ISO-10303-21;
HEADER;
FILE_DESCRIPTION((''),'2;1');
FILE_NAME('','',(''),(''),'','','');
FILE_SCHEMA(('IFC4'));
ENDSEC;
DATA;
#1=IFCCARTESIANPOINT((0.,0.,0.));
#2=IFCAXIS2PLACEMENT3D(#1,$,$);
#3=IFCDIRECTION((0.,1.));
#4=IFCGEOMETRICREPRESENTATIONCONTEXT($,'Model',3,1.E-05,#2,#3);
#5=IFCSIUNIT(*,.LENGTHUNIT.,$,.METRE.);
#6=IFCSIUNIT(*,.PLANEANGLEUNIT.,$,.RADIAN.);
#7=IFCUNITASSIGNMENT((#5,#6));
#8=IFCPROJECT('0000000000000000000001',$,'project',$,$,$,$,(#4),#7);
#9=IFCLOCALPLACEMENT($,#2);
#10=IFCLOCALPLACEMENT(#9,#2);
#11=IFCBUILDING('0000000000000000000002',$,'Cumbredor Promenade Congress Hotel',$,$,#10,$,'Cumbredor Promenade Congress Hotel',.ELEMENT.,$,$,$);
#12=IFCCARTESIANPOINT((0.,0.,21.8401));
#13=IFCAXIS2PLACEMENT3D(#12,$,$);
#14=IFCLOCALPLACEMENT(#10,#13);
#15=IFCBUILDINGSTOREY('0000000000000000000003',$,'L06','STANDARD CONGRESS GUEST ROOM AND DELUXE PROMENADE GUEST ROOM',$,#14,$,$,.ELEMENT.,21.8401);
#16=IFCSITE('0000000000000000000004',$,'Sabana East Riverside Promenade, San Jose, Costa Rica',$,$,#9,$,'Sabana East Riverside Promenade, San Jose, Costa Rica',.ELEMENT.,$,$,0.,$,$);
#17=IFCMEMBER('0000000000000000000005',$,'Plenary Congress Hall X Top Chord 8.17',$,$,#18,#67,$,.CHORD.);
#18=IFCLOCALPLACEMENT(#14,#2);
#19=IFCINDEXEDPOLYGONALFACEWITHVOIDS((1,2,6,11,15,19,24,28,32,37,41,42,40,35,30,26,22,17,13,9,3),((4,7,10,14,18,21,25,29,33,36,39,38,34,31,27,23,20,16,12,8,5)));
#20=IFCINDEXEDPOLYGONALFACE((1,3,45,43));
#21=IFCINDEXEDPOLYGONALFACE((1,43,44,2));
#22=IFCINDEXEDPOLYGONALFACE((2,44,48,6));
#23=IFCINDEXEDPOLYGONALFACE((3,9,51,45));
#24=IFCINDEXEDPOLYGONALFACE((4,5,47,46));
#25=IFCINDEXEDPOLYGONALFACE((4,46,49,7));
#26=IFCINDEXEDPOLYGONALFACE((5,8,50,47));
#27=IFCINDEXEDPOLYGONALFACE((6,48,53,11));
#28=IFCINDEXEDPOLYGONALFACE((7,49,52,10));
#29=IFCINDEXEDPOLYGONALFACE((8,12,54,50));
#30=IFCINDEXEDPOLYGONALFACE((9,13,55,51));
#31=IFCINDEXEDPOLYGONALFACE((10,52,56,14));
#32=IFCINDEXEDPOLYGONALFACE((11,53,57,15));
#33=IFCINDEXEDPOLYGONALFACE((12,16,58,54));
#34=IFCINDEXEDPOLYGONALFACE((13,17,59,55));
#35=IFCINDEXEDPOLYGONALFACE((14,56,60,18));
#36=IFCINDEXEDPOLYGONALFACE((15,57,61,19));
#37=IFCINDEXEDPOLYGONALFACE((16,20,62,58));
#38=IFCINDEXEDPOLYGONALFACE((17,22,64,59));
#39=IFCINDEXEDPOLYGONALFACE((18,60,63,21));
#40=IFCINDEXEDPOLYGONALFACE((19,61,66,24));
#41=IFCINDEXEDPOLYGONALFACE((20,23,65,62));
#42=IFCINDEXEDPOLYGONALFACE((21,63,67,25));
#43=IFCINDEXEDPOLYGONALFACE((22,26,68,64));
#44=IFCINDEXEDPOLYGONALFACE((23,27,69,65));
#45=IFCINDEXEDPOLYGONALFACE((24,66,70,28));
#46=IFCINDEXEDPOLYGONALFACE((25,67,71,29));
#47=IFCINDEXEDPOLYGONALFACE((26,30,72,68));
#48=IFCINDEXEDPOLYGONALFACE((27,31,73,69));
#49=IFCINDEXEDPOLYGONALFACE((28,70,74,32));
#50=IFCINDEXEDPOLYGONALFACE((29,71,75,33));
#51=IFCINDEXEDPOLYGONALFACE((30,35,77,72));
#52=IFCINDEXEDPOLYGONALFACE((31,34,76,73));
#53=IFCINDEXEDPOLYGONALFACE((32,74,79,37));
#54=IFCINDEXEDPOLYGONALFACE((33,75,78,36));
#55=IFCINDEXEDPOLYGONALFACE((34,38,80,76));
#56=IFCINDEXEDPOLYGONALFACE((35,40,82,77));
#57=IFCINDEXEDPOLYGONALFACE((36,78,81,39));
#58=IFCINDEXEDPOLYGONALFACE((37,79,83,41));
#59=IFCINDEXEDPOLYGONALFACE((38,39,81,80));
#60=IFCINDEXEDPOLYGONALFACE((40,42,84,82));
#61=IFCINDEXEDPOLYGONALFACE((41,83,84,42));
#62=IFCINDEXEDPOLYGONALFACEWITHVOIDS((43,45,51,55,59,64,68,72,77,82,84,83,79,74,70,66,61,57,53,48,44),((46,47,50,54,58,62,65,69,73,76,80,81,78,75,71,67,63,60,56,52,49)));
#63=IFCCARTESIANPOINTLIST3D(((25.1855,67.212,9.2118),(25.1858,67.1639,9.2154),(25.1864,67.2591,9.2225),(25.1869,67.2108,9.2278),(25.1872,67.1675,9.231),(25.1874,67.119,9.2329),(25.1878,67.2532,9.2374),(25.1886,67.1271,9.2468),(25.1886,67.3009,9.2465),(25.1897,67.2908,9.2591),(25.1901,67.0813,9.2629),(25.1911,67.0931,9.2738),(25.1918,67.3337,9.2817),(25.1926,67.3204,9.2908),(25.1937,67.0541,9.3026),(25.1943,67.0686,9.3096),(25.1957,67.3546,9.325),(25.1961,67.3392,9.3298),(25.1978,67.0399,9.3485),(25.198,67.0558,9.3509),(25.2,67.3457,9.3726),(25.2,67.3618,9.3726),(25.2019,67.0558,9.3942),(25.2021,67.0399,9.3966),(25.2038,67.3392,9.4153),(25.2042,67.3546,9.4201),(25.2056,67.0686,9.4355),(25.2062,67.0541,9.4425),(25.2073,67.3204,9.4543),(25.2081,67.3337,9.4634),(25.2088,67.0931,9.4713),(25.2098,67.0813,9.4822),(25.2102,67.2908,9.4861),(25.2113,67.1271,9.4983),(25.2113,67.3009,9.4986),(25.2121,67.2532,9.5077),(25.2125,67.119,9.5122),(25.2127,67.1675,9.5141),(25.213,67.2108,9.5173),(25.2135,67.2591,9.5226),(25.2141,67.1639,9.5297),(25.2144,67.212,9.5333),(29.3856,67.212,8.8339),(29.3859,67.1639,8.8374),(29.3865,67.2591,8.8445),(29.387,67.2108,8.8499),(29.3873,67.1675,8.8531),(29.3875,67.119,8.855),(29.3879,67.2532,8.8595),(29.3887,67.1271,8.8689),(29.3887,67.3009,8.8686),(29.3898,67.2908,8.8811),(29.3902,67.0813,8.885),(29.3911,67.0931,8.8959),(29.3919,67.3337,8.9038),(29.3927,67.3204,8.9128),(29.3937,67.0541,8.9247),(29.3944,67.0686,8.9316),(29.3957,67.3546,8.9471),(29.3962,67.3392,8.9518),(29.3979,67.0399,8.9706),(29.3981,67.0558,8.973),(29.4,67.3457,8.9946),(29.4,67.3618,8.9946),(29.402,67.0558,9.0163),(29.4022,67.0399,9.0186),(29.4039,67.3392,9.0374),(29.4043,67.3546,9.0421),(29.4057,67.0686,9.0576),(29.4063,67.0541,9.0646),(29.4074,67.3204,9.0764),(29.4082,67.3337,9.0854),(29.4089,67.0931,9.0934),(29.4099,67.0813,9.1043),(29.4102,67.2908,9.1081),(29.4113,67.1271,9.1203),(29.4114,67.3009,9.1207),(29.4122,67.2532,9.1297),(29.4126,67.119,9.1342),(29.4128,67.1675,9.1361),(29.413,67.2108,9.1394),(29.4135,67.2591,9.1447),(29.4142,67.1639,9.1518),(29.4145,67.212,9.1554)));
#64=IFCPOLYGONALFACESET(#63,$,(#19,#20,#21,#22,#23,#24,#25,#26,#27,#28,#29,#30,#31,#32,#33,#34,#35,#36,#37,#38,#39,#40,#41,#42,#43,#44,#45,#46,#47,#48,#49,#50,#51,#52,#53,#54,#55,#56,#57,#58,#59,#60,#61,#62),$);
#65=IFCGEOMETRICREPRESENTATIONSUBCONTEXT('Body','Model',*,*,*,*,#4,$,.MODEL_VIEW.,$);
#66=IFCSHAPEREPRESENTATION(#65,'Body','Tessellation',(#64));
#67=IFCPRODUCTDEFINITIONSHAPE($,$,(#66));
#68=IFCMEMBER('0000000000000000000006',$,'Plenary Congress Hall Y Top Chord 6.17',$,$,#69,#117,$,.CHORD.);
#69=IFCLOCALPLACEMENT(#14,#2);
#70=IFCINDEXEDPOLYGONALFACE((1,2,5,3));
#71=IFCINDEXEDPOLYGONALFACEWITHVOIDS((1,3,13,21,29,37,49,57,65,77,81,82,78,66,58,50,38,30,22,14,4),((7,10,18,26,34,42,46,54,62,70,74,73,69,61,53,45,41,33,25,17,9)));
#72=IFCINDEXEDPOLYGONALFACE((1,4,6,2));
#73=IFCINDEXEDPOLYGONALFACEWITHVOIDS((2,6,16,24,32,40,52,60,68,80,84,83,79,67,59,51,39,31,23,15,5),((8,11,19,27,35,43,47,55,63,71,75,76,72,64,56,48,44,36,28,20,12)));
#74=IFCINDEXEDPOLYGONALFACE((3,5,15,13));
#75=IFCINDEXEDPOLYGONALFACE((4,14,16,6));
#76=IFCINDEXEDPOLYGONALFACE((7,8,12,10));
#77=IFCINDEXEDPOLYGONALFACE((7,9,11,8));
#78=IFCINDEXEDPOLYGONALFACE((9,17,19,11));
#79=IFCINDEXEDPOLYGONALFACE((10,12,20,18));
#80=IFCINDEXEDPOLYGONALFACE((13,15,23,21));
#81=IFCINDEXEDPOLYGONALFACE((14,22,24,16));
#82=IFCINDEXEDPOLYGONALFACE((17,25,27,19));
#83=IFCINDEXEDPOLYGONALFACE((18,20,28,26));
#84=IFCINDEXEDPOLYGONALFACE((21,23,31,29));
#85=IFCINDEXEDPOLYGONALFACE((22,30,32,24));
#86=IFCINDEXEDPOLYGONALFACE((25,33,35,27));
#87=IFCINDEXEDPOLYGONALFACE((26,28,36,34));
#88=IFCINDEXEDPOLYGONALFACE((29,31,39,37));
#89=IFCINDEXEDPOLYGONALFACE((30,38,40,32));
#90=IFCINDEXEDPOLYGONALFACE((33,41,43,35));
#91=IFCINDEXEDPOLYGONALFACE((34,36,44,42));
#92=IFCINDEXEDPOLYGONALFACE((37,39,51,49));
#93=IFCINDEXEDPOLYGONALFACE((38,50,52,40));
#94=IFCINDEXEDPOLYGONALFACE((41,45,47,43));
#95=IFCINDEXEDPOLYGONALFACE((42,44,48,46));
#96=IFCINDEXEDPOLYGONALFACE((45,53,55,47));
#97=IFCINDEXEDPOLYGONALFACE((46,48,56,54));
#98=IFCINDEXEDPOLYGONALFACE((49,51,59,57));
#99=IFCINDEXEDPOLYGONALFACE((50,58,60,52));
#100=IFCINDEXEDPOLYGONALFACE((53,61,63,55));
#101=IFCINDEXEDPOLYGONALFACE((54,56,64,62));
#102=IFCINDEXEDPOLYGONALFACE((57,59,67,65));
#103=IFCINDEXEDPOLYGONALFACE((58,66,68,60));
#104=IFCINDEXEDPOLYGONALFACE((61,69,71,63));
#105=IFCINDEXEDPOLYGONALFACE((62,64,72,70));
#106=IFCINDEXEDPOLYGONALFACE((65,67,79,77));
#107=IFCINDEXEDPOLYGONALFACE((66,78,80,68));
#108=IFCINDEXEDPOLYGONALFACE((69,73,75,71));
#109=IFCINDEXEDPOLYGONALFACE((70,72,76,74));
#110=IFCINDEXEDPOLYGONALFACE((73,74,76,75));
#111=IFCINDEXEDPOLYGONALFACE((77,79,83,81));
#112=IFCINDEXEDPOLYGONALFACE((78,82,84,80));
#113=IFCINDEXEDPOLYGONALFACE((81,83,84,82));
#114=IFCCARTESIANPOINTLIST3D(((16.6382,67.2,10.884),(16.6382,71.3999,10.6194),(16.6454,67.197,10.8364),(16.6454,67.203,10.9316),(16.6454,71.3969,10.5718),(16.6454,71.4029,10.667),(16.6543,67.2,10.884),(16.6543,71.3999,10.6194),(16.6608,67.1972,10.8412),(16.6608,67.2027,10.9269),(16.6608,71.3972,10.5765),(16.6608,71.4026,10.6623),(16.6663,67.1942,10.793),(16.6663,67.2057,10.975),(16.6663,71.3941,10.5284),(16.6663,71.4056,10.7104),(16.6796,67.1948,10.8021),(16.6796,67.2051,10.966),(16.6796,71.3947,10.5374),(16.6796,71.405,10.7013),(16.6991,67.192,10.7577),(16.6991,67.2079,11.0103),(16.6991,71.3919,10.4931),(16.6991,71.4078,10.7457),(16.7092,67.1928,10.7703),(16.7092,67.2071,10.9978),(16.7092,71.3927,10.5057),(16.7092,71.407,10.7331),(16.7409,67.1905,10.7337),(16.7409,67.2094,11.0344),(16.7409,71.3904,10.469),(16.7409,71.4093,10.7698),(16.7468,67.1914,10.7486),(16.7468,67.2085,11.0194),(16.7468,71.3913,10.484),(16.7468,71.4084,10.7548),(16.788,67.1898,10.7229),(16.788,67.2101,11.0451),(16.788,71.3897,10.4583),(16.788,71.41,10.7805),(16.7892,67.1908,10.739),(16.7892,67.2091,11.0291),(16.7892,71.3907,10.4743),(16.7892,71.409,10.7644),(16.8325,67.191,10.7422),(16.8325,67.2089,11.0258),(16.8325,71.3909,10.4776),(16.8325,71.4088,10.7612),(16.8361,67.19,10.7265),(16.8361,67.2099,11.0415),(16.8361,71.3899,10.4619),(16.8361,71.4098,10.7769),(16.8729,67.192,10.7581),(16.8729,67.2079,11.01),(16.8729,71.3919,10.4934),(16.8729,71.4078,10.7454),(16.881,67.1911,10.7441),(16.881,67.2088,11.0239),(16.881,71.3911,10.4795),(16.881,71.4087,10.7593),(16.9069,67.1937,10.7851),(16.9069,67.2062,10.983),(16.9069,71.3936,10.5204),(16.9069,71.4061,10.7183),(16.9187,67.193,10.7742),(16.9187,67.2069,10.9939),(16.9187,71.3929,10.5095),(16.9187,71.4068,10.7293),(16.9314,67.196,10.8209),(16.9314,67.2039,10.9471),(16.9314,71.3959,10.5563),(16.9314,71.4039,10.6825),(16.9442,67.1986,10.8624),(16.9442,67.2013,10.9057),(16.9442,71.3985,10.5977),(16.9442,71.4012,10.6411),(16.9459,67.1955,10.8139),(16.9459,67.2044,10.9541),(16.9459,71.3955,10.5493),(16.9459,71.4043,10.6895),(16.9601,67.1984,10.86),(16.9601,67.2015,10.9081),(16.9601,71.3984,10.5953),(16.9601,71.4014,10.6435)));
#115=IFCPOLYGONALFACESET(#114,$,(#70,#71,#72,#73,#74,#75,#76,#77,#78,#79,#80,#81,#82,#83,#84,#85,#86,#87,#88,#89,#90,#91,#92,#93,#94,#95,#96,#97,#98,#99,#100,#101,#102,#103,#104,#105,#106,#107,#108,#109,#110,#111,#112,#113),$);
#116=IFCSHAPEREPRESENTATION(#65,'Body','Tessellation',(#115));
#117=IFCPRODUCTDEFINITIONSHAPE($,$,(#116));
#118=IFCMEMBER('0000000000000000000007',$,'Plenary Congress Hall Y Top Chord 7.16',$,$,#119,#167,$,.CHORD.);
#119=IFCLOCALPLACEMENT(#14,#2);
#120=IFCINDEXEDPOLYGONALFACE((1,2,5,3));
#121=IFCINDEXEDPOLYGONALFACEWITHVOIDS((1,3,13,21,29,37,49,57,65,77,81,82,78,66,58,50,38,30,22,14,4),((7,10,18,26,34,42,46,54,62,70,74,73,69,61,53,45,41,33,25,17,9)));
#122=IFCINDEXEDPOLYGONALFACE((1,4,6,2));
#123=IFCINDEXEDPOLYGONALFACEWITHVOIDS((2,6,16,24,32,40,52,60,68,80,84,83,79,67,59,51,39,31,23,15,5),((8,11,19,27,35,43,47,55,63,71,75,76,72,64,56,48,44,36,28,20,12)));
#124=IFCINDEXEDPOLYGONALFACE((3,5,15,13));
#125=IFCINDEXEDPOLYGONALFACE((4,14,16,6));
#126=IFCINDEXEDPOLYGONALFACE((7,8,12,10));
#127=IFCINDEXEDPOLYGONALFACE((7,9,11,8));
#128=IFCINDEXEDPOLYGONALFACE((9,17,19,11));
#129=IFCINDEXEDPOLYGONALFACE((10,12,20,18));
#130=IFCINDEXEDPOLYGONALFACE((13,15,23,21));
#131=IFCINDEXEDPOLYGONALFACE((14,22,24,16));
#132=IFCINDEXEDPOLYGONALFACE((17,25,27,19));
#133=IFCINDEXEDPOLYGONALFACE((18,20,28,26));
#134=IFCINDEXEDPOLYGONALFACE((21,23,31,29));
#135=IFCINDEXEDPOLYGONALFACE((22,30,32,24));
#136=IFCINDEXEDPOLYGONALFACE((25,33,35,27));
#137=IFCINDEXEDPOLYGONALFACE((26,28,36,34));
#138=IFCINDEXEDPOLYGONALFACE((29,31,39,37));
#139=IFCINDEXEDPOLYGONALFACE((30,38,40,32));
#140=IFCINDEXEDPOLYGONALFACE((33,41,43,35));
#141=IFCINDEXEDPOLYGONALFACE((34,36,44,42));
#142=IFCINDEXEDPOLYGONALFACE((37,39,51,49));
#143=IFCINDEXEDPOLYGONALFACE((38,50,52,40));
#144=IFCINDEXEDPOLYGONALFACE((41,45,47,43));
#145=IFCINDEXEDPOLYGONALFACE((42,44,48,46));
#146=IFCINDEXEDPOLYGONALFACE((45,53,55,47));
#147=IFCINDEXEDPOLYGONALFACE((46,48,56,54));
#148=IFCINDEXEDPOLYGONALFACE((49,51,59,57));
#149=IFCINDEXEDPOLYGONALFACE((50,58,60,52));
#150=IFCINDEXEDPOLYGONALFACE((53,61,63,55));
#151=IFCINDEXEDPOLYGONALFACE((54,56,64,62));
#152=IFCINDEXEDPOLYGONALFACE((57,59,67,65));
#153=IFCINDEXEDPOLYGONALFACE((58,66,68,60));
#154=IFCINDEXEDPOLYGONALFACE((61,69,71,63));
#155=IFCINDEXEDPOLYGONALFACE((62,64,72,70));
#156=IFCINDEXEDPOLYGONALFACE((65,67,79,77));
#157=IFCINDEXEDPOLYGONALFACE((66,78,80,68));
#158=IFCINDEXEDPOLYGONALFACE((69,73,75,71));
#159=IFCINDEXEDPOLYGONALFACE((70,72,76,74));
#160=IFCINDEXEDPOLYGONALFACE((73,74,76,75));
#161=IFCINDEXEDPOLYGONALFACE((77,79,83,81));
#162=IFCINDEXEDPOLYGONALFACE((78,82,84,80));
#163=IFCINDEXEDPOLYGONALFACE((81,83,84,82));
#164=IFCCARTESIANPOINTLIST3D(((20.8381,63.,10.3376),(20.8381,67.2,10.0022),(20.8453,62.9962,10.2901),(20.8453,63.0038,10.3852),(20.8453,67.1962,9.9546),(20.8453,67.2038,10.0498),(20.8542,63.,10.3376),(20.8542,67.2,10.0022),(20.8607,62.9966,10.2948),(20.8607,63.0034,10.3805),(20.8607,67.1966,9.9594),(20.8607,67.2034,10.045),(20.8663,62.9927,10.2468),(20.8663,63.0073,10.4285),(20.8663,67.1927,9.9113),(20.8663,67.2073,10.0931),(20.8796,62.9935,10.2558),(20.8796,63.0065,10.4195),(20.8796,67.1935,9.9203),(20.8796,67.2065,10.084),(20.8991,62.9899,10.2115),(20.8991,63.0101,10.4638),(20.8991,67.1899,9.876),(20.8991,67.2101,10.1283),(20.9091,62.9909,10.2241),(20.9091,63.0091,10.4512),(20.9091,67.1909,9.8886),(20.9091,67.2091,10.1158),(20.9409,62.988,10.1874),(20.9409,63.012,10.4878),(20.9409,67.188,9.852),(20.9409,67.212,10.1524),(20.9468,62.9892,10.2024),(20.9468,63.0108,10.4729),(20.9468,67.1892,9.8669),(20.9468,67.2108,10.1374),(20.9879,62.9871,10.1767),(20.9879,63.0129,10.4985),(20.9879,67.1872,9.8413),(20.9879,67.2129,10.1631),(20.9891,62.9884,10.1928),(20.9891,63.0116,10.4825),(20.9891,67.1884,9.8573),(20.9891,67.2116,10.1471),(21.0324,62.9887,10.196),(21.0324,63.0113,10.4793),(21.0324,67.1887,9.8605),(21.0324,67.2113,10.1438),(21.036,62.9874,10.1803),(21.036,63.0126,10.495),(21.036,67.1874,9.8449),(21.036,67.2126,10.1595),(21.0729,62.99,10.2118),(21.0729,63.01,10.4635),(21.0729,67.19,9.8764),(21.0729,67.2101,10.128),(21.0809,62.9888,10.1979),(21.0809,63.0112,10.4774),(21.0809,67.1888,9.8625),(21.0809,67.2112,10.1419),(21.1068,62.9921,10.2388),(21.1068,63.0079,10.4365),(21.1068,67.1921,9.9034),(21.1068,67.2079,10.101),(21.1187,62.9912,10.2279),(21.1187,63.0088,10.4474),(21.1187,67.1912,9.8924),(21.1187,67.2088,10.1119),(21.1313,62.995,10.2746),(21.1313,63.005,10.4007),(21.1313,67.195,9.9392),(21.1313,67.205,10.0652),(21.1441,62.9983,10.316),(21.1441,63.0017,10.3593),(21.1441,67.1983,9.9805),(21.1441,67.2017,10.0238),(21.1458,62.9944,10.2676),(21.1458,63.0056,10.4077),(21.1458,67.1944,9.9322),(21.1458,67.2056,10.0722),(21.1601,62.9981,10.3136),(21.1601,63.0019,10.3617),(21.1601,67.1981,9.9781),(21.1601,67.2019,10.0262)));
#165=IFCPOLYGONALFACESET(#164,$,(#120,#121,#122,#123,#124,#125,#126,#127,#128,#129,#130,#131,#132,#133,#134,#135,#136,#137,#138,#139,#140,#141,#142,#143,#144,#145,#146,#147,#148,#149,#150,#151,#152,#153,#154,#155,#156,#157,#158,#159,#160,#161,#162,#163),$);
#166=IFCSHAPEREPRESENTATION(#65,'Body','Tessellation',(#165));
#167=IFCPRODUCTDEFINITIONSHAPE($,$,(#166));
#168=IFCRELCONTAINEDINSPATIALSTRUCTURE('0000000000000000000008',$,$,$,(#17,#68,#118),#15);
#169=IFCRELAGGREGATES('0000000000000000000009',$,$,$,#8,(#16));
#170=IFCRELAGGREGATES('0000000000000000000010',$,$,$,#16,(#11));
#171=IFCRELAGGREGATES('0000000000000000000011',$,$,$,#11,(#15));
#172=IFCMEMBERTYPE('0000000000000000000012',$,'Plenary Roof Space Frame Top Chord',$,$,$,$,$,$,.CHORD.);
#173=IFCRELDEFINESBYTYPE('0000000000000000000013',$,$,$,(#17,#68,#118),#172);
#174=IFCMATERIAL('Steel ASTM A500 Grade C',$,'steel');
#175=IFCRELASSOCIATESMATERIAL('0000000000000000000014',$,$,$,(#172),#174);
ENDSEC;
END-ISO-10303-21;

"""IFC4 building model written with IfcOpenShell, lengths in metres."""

from ifc_helpers import new_model, si_unit, direction, frame, origin, origin_2d, place, context, subcontext, project, spatial, hollow_circle, extrude, material, material_profile, profile_set, type_object, element, save


model = new_model("IFC4")

# Units and contexts
model_context = context("Model", 3, precision=1e-05, world=origin(), true_north=direction((0.0, 1.0)))
body_context = subcontext(model_context, "Body", "Model", "MODEL_VIEW")
ifc_project = project(units=[si_unit("LENGTHUNIT", "METRE"), si_unit("PLANEANGLEUNIT", "RADIAN")], contexts=[model_context])

# Site, building, storey
site_placement = place(None, origin())
site = spatial("IfcSite", under=ifc_project, at=site_placement, Name="Sabana East Riverside Promenade, San Jose, Costa Rica", LongName="Sabana East Riverside Promenade, San Jose, Costa Rica", CompositionType="ELEMENT", RefElevation=0.0)
building_placement = place(site_placement, origin())
building = spatial("IfcBuilding", under=site, at=building_placement, Name="Cumbredor Promenade Congress Hotel", LongName="Cumbredor Promenade Congress Hotel", CompositionType="ELEMENT")
storey_placement = place(building_placement, frame((0.0, 0.0, 21.8401)))
storey = spatial("IfcBuildingStorey", under=building, at=storey_placement, Name="L06", Description="STANDARD CONGRESS GUEST ROOM AND DELUXE PROMENADE GUEST ROOM", CompositionType="ELEMENT", Elevation=21.8401)

# Members
ifc_material_1 = material(Name="Steel ASTM A500 Grade C", Category="steel")
ifc_material_profile_1 = material_profile(ifc_material_1, hollow_circle(Radius=0.1619, WallThickness=0.0161, at=origin_2d()), Name="CHS 323.9x16")
ifc_profile_set_1 = profile_set([ifc_material_profile_1], Name="Steel ASTM A500 Grade C")
member_type_1 = type_object("IfcMemberType", Name="Plenary Roof Space Frame Top Chord", PredefinedType="CHORD", material=ifc_profile_set_1)
member_1_placement = place(storey_placement, frame((25.2, 67.2, 9.3726), z_axis=(0.995976, 0.0, -0.089622), x_axis=(0.0, 1.0, 0.0)))
element("IfcMember", 1, at=member_1_placement, inside=storey, type_object=member_type_1, Name="Plenary Congress Hall X Top Chord 8.17", PredefinedType="CHORD", context=body_context, shape_type="SweptSolid", body=[
    extrude(hollow_circle(Radius=0.1619, WallThickness=0.0161, at=origin_2d()), origin(), (0.0, 0.0, 1.0), 4.217),
])
member_2_placement = place(storey_placement, frame((16.8, 67.2, 10.884), z_axis=(0.0, 0.998021, -0.062888), x_axis=(-1.0, 0.0, 0.0)))
element("IfcMember", 2, at=member_2_placement, inside=storey, type_object=member_type_1, Name="Plenary Congress Hall Y Top Chord 6.17", PredefinedType="CHORD", context=body_context, shape_type="SweptSolid", body=[
    extrude(hollow_circle(Radius=0.1619, WallThickness=0.0161, at=origin_2d()), origin(), (0.0, 0.0, 1.0), 4.2083),
])
member_3_placement = place(storey_placement, frame((21.0, 63.0, 10.3376), z_axis=(0.0, 0.996826, -0.079616), x_axis=(-1.0, 0.0, 0.0)))
element("IfcMember", 3, at=member_3_placement, inside=storey, type_object=member_type_1, Name="Plenary Congress Hall Y Top Chord 7.16", PredefinedType="CHORD", context=body_context, shape_type="SweptSolid", body=[
    extrude(hollow_circle(Radius=0.1619, WallThickness=0.0161, at=origin_2d()), origin(), (0.0, 0.0, 1.0), 4.2134),
])

save(model, "model.ifc")
